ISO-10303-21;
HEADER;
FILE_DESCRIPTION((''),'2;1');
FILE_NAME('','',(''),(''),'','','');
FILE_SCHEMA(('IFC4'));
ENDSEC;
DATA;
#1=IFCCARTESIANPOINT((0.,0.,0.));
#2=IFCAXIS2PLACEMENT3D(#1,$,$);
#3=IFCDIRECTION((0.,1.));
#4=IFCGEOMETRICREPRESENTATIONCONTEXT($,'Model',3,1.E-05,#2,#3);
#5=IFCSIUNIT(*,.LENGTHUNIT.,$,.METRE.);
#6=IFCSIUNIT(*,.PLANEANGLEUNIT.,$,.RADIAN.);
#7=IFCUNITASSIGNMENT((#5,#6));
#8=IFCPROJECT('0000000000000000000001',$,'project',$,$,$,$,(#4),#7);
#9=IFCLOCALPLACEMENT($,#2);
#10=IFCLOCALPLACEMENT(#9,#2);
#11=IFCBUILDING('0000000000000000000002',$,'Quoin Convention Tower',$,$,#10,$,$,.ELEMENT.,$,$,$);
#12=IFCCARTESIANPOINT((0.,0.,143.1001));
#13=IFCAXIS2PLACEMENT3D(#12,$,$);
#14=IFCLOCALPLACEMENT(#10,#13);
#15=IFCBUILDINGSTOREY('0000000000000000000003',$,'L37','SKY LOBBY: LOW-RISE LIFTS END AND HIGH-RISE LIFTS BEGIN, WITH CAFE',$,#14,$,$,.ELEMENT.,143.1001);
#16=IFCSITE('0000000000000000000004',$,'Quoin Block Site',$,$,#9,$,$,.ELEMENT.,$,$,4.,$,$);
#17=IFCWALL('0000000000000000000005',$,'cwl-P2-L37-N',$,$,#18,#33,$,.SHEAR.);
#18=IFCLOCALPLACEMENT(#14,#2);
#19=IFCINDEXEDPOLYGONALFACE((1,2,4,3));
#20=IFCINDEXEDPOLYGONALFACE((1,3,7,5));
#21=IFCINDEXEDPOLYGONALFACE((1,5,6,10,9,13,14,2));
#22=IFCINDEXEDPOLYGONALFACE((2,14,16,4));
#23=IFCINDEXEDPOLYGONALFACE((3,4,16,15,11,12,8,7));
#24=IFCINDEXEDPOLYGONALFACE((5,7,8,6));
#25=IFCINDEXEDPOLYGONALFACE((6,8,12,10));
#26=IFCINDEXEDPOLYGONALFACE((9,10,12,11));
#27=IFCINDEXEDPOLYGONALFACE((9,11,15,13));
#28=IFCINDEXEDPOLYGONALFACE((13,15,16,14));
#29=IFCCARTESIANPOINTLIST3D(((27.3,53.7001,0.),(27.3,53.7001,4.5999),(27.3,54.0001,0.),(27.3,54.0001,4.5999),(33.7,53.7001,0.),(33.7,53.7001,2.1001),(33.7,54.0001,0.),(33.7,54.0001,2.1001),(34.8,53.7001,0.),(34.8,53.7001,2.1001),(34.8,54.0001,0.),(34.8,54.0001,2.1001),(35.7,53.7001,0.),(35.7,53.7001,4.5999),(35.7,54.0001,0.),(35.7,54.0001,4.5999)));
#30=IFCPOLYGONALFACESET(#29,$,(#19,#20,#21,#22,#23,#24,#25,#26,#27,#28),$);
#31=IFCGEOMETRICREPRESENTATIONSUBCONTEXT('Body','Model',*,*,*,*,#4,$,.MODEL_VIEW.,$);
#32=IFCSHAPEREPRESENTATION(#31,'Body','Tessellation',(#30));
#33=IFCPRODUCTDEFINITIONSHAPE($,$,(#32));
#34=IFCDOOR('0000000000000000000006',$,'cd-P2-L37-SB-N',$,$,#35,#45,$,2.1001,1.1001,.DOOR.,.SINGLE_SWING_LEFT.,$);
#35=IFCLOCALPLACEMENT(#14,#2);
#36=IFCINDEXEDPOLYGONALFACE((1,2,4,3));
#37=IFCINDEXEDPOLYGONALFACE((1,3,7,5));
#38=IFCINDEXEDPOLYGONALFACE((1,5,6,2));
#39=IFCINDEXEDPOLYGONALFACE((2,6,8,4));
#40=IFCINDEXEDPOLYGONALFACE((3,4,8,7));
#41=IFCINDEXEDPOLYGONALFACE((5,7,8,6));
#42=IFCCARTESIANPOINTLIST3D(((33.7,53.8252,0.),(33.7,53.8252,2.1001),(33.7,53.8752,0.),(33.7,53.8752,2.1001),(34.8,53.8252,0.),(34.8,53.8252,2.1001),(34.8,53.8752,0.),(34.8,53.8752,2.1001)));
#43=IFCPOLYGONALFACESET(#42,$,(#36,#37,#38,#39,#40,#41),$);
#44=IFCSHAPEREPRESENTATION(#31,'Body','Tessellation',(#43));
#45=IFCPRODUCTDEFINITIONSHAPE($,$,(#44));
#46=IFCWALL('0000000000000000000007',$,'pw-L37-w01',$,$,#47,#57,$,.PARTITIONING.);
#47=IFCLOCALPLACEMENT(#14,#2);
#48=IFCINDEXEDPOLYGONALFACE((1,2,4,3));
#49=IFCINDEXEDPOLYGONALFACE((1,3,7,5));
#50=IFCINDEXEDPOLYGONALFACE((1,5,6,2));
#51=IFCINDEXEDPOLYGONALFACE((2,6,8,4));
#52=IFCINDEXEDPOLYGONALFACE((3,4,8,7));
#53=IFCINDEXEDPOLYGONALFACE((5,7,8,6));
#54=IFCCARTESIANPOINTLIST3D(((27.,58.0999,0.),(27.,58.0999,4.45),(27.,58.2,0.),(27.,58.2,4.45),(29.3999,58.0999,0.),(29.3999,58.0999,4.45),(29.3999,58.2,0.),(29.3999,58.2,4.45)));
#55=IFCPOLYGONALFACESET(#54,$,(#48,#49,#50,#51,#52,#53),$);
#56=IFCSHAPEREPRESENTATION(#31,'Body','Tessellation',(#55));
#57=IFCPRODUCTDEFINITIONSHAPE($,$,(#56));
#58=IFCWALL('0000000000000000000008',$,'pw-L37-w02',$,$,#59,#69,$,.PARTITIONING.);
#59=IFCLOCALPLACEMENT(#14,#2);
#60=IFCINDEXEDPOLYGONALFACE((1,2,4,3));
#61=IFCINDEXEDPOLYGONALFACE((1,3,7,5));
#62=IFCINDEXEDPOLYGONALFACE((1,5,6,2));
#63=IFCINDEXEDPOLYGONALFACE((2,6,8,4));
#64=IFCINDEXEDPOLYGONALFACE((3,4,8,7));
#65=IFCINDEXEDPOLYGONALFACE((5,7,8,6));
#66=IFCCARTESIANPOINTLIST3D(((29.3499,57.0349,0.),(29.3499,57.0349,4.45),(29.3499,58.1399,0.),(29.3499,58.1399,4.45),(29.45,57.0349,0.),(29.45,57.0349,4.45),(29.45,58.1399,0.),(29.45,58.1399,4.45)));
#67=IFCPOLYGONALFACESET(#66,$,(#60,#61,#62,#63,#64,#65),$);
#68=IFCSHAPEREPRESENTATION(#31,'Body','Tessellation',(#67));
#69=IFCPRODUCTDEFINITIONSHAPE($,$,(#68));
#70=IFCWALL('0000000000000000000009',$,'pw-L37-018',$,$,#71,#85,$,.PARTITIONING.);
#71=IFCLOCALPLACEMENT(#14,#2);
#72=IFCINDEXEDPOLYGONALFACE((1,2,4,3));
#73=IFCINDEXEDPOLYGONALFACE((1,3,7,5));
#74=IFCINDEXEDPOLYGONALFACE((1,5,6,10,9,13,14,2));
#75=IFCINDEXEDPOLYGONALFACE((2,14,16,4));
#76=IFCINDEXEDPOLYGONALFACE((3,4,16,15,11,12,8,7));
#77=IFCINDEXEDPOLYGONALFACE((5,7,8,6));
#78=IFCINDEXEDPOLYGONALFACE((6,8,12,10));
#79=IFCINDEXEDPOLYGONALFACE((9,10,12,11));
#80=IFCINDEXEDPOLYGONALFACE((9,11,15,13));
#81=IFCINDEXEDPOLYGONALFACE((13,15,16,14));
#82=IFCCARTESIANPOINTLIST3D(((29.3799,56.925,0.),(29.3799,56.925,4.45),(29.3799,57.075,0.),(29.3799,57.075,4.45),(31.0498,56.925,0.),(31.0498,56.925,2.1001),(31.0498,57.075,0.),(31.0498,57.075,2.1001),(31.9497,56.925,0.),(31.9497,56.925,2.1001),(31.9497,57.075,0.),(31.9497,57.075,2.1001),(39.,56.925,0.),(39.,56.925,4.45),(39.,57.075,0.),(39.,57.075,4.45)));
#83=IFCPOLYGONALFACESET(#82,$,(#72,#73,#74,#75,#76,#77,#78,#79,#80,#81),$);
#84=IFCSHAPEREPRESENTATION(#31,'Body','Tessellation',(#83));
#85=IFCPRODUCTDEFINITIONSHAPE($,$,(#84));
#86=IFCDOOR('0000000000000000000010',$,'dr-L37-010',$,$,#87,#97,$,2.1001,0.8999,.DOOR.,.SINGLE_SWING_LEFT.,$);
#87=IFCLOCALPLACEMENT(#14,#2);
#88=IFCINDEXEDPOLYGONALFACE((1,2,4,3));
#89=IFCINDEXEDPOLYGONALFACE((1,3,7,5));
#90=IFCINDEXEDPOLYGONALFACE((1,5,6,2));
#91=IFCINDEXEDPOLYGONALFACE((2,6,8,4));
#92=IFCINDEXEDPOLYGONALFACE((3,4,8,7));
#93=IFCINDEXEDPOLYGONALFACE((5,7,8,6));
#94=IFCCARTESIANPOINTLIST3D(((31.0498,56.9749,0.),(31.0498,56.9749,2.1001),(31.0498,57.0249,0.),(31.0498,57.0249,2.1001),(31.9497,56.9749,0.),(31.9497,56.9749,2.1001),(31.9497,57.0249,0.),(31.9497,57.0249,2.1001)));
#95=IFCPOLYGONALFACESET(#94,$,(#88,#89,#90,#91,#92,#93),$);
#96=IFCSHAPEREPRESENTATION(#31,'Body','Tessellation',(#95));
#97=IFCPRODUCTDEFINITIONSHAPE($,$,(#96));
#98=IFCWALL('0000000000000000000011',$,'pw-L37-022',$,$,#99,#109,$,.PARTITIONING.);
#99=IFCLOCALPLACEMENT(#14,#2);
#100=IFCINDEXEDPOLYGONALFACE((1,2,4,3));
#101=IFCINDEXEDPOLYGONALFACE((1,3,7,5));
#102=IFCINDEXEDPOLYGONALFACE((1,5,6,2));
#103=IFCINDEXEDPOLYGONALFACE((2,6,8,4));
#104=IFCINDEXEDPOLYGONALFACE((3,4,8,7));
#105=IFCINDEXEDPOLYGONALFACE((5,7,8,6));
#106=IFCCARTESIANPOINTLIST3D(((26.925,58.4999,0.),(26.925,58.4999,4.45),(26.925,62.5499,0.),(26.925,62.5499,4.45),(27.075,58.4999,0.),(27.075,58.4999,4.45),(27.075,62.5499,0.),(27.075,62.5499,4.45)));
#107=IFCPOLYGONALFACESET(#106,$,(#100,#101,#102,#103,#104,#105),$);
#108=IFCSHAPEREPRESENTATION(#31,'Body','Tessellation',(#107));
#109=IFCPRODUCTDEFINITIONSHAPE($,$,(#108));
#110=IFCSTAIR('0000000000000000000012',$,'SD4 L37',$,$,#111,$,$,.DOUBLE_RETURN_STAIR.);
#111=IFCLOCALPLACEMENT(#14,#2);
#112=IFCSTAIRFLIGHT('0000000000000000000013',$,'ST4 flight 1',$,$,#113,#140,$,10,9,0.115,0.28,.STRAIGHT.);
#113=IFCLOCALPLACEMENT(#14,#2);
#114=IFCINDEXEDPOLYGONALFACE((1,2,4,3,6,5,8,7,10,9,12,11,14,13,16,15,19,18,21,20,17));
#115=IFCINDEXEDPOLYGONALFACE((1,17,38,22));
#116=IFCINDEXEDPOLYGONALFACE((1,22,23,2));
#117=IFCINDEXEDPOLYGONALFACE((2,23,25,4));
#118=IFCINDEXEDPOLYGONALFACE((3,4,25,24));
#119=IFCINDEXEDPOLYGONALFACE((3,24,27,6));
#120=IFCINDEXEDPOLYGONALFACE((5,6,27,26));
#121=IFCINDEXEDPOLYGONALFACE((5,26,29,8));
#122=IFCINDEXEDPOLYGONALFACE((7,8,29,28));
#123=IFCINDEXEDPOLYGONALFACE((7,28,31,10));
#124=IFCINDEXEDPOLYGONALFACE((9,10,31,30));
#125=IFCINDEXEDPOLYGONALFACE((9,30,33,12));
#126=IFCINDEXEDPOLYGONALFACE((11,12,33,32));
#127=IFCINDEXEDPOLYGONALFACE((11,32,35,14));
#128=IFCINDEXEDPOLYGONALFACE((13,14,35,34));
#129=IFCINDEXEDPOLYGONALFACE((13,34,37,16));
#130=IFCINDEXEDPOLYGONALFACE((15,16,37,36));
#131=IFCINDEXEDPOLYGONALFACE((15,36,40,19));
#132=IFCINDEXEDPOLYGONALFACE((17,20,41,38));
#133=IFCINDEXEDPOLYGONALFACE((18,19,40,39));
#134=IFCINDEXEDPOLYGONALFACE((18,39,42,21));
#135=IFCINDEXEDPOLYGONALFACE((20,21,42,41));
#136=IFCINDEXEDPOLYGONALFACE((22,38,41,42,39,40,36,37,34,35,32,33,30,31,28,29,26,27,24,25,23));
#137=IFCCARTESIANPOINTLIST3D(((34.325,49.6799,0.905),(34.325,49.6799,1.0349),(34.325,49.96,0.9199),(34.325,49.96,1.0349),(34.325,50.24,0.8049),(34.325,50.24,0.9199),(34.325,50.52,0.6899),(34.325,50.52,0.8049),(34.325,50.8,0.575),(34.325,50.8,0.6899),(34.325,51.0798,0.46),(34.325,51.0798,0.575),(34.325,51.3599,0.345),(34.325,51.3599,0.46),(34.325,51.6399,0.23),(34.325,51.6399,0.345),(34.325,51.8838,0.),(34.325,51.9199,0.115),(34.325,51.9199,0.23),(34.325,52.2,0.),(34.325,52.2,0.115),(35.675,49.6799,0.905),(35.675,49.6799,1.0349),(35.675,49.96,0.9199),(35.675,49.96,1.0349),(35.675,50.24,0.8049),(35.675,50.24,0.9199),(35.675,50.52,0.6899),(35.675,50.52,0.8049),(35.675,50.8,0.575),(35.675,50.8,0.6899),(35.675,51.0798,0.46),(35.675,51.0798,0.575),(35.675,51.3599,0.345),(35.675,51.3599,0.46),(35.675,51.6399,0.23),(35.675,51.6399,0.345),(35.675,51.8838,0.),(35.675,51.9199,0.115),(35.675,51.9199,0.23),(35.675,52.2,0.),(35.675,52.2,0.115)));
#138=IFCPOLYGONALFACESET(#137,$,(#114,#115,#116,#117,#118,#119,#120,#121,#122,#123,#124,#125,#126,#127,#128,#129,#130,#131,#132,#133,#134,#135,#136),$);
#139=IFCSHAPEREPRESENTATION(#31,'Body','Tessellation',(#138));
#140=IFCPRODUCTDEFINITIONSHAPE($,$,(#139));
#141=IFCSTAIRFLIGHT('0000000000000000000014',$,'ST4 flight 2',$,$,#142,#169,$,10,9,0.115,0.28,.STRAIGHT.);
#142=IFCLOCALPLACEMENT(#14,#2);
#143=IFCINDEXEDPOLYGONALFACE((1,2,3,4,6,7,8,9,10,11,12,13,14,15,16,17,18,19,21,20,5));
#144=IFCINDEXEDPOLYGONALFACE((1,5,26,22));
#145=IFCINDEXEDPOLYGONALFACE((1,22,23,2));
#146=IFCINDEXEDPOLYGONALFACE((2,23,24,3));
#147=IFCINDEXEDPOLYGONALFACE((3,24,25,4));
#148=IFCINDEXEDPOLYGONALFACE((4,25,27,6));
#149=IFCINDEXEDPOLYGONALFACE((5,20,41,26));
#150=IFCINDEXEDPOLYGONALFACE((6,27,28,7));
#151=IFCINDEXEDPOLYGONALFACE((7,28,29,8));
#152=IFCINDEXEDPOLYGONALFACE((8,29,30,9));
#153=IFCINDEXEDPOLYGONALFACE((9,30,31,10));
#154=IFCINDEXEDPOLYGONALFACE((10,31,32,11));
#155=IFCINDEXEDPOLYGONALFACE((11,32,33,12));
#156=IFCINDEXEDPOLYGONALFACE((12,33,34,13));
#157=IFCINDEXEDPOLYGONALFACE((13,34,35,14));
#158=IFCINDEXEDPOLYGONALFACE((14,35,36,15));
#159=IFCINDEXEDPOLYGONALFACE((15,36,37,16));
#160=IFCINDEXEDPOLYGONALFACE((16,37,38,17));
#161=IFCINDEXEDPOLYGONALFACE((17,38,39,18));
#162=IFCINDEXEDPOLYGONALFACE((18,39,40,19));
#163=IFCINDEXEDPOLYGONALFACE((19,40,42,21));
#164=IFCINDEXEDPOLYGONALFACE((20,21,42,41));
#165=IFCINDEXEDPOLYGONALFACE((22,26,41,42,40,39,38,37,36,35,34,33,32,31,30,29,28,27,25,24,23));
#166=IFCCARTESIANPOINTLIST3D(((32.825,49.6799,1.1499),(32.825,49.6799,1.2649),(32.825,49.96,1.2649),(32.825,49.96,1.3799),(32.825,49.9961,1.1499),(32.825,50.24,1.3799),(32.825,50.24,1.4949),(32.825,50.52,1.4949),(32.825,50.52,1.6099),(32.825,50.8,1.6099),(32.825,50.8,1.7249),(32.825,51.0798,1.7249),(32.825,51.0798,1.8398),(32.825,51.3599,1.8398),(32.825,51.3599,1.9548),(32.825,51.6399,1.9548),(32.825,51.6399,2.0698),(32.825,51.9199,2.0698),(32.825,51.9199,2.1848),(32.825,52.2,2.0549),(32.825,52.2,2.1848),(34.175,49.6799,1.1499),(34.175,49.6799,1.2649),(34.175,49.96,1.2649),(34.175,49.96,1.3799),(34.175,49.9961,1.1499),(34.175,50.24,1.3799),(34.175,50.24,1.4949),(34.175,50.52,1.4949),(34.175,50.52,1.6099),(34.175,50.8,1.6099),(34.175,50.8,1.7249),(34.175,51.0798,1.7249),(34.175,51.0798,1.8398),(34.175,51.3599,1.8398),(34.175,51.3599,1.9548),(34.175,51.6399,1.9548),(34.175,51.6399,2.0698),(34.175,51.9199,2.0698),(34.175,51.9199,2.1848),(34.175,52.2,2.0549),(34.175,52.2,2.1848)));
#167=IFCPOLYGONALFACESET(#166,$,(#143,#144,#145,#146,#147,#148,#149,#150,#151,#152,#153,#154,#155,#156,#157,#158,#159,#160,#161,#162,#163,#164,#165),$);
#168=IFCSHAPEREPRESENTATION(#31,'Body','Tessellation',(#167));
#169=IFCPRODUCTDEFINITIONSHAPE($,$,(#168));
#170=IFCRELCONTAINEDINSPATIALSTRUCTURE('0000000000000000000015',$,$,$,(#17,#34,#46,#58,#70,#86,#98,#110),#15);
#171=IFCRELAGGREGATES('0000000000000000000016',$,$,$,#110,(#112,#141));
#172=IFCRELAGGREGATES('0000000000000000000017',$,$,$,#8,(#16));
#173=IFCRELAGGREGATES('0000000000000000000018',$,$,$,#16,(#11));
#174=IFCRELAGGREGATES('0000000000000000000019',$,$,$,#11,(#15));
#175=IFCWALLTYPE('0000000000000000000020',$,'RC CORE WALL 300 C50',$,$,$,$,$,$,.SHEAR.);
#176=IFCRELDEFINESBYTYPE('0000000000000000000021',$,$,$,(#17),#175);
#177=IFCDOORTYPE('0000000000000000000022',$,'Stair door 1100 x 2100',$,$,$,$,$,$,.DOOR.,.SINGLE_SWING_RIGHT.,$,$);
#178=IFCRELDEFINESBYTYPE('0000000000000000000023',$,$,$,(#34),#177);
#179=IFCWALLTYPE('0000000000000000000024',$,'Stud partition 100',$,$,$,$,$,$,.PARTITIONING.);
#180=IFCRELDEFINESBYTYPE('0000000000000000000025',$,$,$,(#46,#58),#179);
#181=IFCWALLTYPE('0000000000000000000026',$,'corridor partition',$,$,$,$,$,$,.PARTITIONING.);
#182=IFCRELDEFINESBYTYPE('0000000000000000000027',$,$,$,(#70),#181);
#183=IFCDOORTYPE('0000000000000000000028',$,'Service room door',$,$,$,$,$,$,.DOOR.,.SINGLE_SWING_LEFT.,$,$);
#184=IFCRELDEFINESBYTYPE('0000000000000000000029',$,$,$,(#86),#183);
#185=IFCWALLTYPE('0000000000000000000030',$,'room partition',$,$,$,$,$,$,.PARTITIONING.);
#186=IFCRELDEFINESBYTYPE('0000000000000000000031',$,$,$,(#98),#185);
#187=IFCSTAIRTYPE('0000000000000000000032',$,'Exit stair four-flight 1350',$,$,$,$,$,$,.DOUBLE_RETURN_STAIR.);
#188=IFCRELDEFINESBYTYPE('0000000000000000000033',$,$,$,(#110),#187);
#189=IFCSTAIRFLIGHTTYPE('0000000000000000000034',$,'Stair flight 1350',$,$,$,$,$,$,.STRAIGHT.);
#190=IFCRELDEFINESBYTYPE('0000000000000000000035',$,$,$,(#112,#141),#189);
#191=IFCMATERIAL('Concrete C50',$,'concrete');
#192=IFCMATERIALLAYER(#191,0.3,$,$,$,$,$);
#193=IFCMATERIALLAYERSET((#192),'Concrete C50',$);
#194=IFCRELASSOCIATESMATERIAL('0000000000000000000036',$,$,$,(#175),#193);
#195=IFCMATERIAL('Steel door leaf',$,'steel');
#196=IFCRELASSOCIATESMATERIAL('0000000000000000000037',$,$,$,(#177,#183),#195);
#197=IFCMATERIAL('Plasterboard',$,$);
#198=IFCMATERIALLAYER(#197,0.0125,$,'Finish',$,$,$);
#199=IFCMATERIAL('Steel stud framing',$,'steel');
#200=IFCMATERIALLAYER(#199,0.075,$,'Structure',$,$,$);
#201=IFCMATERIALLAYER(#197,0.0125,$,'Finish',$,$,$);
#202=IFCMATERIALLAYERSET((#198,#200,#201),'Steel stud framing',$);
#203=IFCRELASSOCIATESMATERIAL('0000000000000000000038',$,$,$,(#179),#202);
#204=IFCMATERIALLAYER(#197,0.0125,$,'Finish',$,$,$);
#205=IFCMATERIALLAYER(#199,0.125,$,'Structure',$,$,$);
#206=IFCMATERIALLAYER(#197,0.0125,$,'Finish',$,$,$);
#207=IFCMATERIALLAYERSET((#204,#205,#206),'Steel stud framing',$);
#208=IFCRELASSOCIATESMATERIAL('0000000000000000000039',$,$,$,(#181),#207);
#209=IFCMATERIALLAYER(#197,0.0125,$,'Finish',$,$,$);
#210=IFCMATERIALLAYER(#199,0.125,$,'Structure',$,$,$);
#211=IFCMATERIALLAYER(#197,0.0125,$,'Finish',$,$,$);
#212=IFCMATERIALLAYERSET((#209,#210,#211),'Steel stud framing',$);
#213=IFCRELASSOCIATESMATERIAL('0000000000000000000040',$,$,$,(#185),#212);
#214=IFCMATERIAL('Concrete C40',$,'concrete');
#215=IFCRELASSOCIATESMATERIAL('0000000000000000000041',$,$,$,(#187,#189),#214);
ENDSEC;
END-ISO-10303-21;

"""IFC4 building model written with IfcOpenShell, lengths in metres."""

from ifc_helpers import new_model, si_unit, direction, frame, frame_2d, origin, place, context, subcontext, project, spatial, polyline, rectangle, outline, extrude, material, layer, layer_set, type_object, element, fill, aggregate, save


model = new_model("IFC4")

# Units and contexts
model_context = context("Model", 3, precision=1e-05, world=origin(), true_north=direction((0.0, 1.0)))
body_context = subcontext(model_context, "Body", "Model", "MODEL_VIEW")
ifc_project = project(units=[si_unit("LENGTHUNIT", "METRE"), si_unit("PLANEANGLEUNIT", "RADIAN")], contexts=[model_context])

# Site, building, storey
site_placement = place(None, origin())
site = spatial("IfcSite", under=ifc_project, at=site_placement, Name="Quoin Block Site", CompositionType="ELEMENT", RefElevation=4.0)
building_placement = place(site_placement, origin())
building = spatial("IfcBuilding", under=site, at=building_placement, Name="Quoin Convention Tower", CompositionType="ELEMENT")
storey_placement = place(building_placement, frame((0.0, 0.0, 143.1001)))
storey = spatial("IfcBuildingStorey", under=building, at=storey_placement, Name="L37", Description="SKY LOBBY: LOW-RISE LIFTS END AND HIGH-RISE LIFTS BEGIN, WITH CAFE", CompositionType="ELEMENT", Elevation=143.1001)

# Shared definitions
ifc_material_1 = material(Name="Concrete C50", Category="concrete")

# Wall, opening, door
ifc_layer_1 = layer(ifc_material_1, 0.3)
ifc_layer_set_1 = layer_set([ifc_layer_1], Name="Concrete C50")
wall_type_1 = type_object("IfcWallType", Name="RC CORE WALL 300 C50", PredefinedType="SHEAR", material=ifc_layer_set_1)
wall_1_placement = place(storey_placement, frame((27.3, 53.8501, 0.0), z_axis=(0.0, 0.0, 1.0), x_axis=(1.0, 0.0, 0.0)))
wall_1 = element("IfcWall", 1, at=wall_1_placement, inside=storey, type_object=wall_type_1, Name="cwl-P2-L37-N", PredefinedType="SHEAR", context=body_context, shape_type="SweptSolid", body=[
    extrude(rectangle(XDim=8.3999, YDim=0.3, at=frame_2d((4.2, 0.0))), origin(), (0.0, 0.0, 1.0), 4.5999),
])
opening_1_placement = place(wall_1_placement, frame((6.3999, 0.0, 0.0)))
opening_1 = element("IfcOpeningElement", 2, at=opening_1_placement, cuts=wall_1, PredefinedType="OPENING", context=body_context, shape_type="SweptSolid", body=[
    extrude(rectangle(XDim=1.1001, YDim=2.1001, at=frame_2d((0.55, 1.05))), frame((0.0, 0.1599, 0.0), z_axis=(0.0, -1.0, 0.0), x_axis=(1.0, 0.0, 0.0)), (0.0, 0.0, 1.0), 0.3201),
])
ifc_material_2 = material(Name="Steel door leaf", Category="steel")
door_type_1 = type_object("IfcDoorType", Name="Stair door 1100 x 2100", OperationType="SINGLE_SWING_RIGHT", PredefinedType="DOOR", material=ifc_material_2)
door_1_placement = place(opening_1_placement, frame((1.1001, 0.0, 0.0), z_axis=(0.0, 0.0, 1.0), x_axis=(-1.0, 0.0, 0.0)))
door_1 = element("IfcDoor", 3, at=door_1_placement, inside=storey, type_object=door_type_1, Name="cd-P2-L37-SB-N", OperationType="SINGLE_SWING_LEFT", OverallHeight=2.1001, OverallWidth=1.1001, PredefinedType="DOOR", context=body_context, shape_type="SweptSolid", body=[
    extrude(rectangle(XDim=1.1001, YDim=2.1001, at=frame_2d((0.55, 1.05))), frame((0.0, 0.0249, 0.0), z_axis=(0.0, -1.0, 0.0), x_axis=(1.0, 0.0, 0.0)), (0.0, 0.0, 1.0), 0.05),
])
fill(opening_1, door_1)

# Walls
ifc_material_3 = material(Name="Plasterboard")
ifc_layer_2 = layer(ifc_material_3, 0.0125, Name="Finish")
ifc_material_4 = material(Name="Steel stud framing", Category="steel")
ifc_layer_3 = layer(ifc_material_4, 0.075, Name="Structure")
ifc_layer_4 = layer(ifc_material_3, 0.0125, Name="Finish")
ifc_layer_set_2 = layer_set([ifc_layer_2, ifc_layer_3, ifc_layer_4], Name="Steel stud framing")
wall_type_2 = type_object("IfcWallType", Name="Stud partition 100", PredefinedType="PARTITIONING", material=ifc_layer_set_2)
wall_2_placement = place(storey_placement, frame((27.0, 58.1499, 0.0), z_axis=(0.0, 0.0, 1.0), x_axis=(1.0, 0.0, 0.0)))
element("IfcWall", 4, at=wall_2_placement, inside=storey, type_object=wall_type_2, Name="pw-L37-w01", PredefinedType="PARTITIONING", context=body_context, shape_type="SweptSolid", body=[
    extrude(rectangle(XDim=2.3999, YDim=0.1001, at=frame_2d((1.2, 0.0))), origin(), (0.0, 0.0, 1.0), 4.45),
])
wall_3_placement = place(storey_placement, frame((29.3999, 58.1399, 0.0), z_axis=(0.0, 0.0, 1.0), x_axis=(0.0, -1.0, 0.0)))
element("IfcWall", 5, at=wall_3_placement, inside=storey, type_object=wall_type_2, Name="pw-L37-w02", PredefinedType="PARTITIONING", context=body_context, shape_type="SweptSolid", body=[
    extrude(rectangle(XDim=1.105, YDim=0.1001, at=frame_2d((0.5525, 0.0))), origin(), (0.0, 0.0, 1.0), 4.45),
])

# Wall, opening, door
ifc_layer_5 = layer(ifc_material_3, 0.0125, Name="Finish")
ifc_layer_6 = layer(ifc_material_4, 0.125, Name="Structure")
ifc_layer_7 = layer(ifc_material_3, 0.0125, Name="Finish")
ifc_layer_set_3 = layer_set([ifc_layer_5, ifc_layer_6, ifc_layer_7], Name="Steel stud framing")
wall_type_3 = type_object("IfcWallType", Name="corridor partition", PredefinedType="PARTITIONING", material=ifc_layer_set_3)
wall_4_placement = place(storey_placement, frame((29.3799, 57.0, 0.0), z_axis=(0.0, 0.0, 1.0), x_axis=(1.0, 0.0, 0.0)))
wall_4 = element("IfcWall", 6, at=wall_4_placement, inside=storey, type_object=wall_type_3, Name="pw-L37-018", PredefinedType="PARTITIONING", context=body_context, shape_type="SweptSolid", body=[
    extrude(rectangle(XDim=9.6201, YDim=0.1499, at=frame_2d((4.8101, 0.0))), origin(), (0.0, 0.0, 1.0), 4.45),
])
opening_2_placement = place(wall_4_placement, frame((1.6699, 0.0, 0.0)))
opening_2 = element("IfcOpeningElement", 7, at=opening_2_placement, cuts=wall_4, PredefinedType="OPENING", context=body_context, shape_type="SweptSolid", body=[
    extrude(rectangle(XDim=0.8999, YDim=2.1001, at=frame_2d((0.45, 1.05))), frame((0.0, 0.085, 0.0), z_axis=(0.0, -1.0, 0.0), x_axis=(1.0, 0.0, 0.0)), (0.0, 0.0, 1.0), 0.1699),
])
door_type_2 = type_object("IfcDoorType", Name="Service room door", OperationType="SINGLE_SWING_LEFT", PredefinedType="DOOR", material=ifc_material_2)
door_2_placement = place(opening_2_placement, origin())
door_2 = element("IfcDoor", 8, at=door_2_placement, inside=storey, type_object=door_type_2, Name="dr-L37-010", OperationType="SINGLE_SWING_LEFT", OverallHeight=2.1001, OverallWidth=0.8999, PredefinedType="DOOR", context=body_context, shape_type="SweptSolid", body=[
    extrude(rectangle(XDim=0.8999, YDim=2.1001, at=frame_2d((0.45, 1.05))), frame((0.0, 0.0249, 0.0), z_axis=(0.0, -1.0, 0.0), x_axis=(1.0, 0.0, 0.0)), (0.0, 0.0, 1.0), 0.05),
])
fill(opening_2, door_2)

# Wall
ifc_layer_8 = layer(ifc_material_3, 0.0125, Name="Finish")
ifc_layer_9 = layer(ifc_material_4, 0.125, Name="Structure")
ifc_layer_10 = layer(ifc_material_3, 0.0125, Name="Finish")
ifc_layer_set_4 = layer_set([ifc_layer_8, ifc_layer_9, ifc_layer_10], Name="Steel stud framing")
wall_type_4 = type_object("IfcWallType", Name="room partition", PredefinedType="PARTITIONING", material=ifc_layer_set_4)
wall_5_placement = place(storey_placement, frame((27.0, 58.5, 0.0), z_axis=(0.0, 0.0, 1.0), x_axis=(0.0, 1.0, 0.0)))
element("IfcWall", 9, at=wall_5_placement, inside=storey, type_object=wall_type_4, Name="pw-L37-022", PredefinedType="PARTITIONING", context=body_context, shape_type="SweptSolid", body=[
    extrude(rectangle(XDim=4.05, YDim=0.1499, at=frame_2d((2.0249, 0.0))), origin(), (0.0, 0.0, 1.0), 4.45),
])

# Stair, stair flights
ifc_material_5 = material(Name="Concrete C40", Category="concrete")
stair_type_1 = type_object("IfcStairType", Name="Exit stair four-flight 1350", PredefinedType="DOUBLE_RETURN_STAIR", material=ifc_material_5)
stair_1_placement = place(storey_placement, origin())
stair_1 = element("IfcStair", 10, at=stair_1_placement, inside=storey, type_object=stair_type_1, Name="SD4 L37", PredefinedType="DOUBLE_RETURN_STAIR")
stair_flight_type_1 = type_object("IfcStairFlightType", Name="Stair flight 1350", PredefinedType="STRAIGHT", material=ifc_material_5)
stair_flight_1_placement = place(storey_placement, frame((35.0, 52.2, 0.0), z_axis=(0.0, 0.0, 1.0), x_axis=(0.0, -1.0, 0.0)))
stair_flight_1 = element("IfcStairFlight", 11, at=stair_flight_1_placement, type_object=stair_flight_type_1, Name="ST4 flight 1", NumberOfRisers=10, NumberOfTreads=9, PredefinedType="STRAIGHT", RiserHeight=0.115, TreadLength=0.28, context=body_context, shape_type="SweptSolid", body=[
    extrude(outline(polyline([(0.0, 0.0), (0.0, 0.115), (0.28, 0.115), (0.28, 0.23), (0.5601, 0.23), (0.5601, 0.345), (0.8401, 0.345), (0.8401, 0.46), (1.1201, 0.46), (1.1201, 0.575), (1.3999, 0.575), (1.3999, 0.6899), (1.6799, 0.6899), (1.6799, 0.8049), (1.96, 0.8049), (1.96, 0.9199), (2.24, 0.9199), (2.24, 1.0349), (2.52, 1.0349), (2.52, 1.1499), (2.52, 0.905), (0.3162, 0.0), (0.0, 0.0)])), frame((0.0, 0.675, 0.0), z_axis=(0.0, -1.0, 0.0), x_axis=(1.0, 0.0, 0.0)), (0.0, 0.0, 1.0), 1.3501),
])
stair_flight_2_placement = place(storey_placement, frame((33.5, 49.6799, 1.1499), z_axis=(0.0, 0.0, 1.0), x_axis=(0.0, 1.0, 0.0)))
stair_flight_2 = element("IfcStairFlight", 12, at=stair_flight_2_placement, type_object=stair_flight_type_1, Name="ST4 flight 2", NumberOfRisers=10, NumberOfTreads=9, PredefinedType="STRAIGHT", RiserHeight=0.115, TreadLength=0.28, context=body_context, shape_type="SweptSolid", body=[
    extrude(outline(polyline([(0.0, 0.0), (0.0, 0.115), (0.28, 0.115), (0.28, 0.23), (0.5601, 0.23), (0.5601, 0.345), (0.8401, 0.345), (0.8401, 0.46), (1.1201, 0.46), (1.1201, 0.575), (1.3999, 0.575), (1.3999, 0.6899), (1.6799, 0.6899), (1.6799, 0.8049), (1.96, 0.8049), (1.96, 0.9199), (2.24, 0.9199), (2.24, 1.0349), (2.52, 1.0349), (2.52, 1.1499), (2.52, 0.905), (0.3162, 0.0), (0.0, 0.0)])), frame((0.0, 0.675, 0.0), z_axis=(0.0, -1.0, 0.0), x_axis=(1.0, 0.0, 0.0)), (0.0, 0.0, 1.0), 1.3501),
])
aggregate(stair_1, [stair_flight_1, stair_flight_2])

save(model, "model.ifc")
